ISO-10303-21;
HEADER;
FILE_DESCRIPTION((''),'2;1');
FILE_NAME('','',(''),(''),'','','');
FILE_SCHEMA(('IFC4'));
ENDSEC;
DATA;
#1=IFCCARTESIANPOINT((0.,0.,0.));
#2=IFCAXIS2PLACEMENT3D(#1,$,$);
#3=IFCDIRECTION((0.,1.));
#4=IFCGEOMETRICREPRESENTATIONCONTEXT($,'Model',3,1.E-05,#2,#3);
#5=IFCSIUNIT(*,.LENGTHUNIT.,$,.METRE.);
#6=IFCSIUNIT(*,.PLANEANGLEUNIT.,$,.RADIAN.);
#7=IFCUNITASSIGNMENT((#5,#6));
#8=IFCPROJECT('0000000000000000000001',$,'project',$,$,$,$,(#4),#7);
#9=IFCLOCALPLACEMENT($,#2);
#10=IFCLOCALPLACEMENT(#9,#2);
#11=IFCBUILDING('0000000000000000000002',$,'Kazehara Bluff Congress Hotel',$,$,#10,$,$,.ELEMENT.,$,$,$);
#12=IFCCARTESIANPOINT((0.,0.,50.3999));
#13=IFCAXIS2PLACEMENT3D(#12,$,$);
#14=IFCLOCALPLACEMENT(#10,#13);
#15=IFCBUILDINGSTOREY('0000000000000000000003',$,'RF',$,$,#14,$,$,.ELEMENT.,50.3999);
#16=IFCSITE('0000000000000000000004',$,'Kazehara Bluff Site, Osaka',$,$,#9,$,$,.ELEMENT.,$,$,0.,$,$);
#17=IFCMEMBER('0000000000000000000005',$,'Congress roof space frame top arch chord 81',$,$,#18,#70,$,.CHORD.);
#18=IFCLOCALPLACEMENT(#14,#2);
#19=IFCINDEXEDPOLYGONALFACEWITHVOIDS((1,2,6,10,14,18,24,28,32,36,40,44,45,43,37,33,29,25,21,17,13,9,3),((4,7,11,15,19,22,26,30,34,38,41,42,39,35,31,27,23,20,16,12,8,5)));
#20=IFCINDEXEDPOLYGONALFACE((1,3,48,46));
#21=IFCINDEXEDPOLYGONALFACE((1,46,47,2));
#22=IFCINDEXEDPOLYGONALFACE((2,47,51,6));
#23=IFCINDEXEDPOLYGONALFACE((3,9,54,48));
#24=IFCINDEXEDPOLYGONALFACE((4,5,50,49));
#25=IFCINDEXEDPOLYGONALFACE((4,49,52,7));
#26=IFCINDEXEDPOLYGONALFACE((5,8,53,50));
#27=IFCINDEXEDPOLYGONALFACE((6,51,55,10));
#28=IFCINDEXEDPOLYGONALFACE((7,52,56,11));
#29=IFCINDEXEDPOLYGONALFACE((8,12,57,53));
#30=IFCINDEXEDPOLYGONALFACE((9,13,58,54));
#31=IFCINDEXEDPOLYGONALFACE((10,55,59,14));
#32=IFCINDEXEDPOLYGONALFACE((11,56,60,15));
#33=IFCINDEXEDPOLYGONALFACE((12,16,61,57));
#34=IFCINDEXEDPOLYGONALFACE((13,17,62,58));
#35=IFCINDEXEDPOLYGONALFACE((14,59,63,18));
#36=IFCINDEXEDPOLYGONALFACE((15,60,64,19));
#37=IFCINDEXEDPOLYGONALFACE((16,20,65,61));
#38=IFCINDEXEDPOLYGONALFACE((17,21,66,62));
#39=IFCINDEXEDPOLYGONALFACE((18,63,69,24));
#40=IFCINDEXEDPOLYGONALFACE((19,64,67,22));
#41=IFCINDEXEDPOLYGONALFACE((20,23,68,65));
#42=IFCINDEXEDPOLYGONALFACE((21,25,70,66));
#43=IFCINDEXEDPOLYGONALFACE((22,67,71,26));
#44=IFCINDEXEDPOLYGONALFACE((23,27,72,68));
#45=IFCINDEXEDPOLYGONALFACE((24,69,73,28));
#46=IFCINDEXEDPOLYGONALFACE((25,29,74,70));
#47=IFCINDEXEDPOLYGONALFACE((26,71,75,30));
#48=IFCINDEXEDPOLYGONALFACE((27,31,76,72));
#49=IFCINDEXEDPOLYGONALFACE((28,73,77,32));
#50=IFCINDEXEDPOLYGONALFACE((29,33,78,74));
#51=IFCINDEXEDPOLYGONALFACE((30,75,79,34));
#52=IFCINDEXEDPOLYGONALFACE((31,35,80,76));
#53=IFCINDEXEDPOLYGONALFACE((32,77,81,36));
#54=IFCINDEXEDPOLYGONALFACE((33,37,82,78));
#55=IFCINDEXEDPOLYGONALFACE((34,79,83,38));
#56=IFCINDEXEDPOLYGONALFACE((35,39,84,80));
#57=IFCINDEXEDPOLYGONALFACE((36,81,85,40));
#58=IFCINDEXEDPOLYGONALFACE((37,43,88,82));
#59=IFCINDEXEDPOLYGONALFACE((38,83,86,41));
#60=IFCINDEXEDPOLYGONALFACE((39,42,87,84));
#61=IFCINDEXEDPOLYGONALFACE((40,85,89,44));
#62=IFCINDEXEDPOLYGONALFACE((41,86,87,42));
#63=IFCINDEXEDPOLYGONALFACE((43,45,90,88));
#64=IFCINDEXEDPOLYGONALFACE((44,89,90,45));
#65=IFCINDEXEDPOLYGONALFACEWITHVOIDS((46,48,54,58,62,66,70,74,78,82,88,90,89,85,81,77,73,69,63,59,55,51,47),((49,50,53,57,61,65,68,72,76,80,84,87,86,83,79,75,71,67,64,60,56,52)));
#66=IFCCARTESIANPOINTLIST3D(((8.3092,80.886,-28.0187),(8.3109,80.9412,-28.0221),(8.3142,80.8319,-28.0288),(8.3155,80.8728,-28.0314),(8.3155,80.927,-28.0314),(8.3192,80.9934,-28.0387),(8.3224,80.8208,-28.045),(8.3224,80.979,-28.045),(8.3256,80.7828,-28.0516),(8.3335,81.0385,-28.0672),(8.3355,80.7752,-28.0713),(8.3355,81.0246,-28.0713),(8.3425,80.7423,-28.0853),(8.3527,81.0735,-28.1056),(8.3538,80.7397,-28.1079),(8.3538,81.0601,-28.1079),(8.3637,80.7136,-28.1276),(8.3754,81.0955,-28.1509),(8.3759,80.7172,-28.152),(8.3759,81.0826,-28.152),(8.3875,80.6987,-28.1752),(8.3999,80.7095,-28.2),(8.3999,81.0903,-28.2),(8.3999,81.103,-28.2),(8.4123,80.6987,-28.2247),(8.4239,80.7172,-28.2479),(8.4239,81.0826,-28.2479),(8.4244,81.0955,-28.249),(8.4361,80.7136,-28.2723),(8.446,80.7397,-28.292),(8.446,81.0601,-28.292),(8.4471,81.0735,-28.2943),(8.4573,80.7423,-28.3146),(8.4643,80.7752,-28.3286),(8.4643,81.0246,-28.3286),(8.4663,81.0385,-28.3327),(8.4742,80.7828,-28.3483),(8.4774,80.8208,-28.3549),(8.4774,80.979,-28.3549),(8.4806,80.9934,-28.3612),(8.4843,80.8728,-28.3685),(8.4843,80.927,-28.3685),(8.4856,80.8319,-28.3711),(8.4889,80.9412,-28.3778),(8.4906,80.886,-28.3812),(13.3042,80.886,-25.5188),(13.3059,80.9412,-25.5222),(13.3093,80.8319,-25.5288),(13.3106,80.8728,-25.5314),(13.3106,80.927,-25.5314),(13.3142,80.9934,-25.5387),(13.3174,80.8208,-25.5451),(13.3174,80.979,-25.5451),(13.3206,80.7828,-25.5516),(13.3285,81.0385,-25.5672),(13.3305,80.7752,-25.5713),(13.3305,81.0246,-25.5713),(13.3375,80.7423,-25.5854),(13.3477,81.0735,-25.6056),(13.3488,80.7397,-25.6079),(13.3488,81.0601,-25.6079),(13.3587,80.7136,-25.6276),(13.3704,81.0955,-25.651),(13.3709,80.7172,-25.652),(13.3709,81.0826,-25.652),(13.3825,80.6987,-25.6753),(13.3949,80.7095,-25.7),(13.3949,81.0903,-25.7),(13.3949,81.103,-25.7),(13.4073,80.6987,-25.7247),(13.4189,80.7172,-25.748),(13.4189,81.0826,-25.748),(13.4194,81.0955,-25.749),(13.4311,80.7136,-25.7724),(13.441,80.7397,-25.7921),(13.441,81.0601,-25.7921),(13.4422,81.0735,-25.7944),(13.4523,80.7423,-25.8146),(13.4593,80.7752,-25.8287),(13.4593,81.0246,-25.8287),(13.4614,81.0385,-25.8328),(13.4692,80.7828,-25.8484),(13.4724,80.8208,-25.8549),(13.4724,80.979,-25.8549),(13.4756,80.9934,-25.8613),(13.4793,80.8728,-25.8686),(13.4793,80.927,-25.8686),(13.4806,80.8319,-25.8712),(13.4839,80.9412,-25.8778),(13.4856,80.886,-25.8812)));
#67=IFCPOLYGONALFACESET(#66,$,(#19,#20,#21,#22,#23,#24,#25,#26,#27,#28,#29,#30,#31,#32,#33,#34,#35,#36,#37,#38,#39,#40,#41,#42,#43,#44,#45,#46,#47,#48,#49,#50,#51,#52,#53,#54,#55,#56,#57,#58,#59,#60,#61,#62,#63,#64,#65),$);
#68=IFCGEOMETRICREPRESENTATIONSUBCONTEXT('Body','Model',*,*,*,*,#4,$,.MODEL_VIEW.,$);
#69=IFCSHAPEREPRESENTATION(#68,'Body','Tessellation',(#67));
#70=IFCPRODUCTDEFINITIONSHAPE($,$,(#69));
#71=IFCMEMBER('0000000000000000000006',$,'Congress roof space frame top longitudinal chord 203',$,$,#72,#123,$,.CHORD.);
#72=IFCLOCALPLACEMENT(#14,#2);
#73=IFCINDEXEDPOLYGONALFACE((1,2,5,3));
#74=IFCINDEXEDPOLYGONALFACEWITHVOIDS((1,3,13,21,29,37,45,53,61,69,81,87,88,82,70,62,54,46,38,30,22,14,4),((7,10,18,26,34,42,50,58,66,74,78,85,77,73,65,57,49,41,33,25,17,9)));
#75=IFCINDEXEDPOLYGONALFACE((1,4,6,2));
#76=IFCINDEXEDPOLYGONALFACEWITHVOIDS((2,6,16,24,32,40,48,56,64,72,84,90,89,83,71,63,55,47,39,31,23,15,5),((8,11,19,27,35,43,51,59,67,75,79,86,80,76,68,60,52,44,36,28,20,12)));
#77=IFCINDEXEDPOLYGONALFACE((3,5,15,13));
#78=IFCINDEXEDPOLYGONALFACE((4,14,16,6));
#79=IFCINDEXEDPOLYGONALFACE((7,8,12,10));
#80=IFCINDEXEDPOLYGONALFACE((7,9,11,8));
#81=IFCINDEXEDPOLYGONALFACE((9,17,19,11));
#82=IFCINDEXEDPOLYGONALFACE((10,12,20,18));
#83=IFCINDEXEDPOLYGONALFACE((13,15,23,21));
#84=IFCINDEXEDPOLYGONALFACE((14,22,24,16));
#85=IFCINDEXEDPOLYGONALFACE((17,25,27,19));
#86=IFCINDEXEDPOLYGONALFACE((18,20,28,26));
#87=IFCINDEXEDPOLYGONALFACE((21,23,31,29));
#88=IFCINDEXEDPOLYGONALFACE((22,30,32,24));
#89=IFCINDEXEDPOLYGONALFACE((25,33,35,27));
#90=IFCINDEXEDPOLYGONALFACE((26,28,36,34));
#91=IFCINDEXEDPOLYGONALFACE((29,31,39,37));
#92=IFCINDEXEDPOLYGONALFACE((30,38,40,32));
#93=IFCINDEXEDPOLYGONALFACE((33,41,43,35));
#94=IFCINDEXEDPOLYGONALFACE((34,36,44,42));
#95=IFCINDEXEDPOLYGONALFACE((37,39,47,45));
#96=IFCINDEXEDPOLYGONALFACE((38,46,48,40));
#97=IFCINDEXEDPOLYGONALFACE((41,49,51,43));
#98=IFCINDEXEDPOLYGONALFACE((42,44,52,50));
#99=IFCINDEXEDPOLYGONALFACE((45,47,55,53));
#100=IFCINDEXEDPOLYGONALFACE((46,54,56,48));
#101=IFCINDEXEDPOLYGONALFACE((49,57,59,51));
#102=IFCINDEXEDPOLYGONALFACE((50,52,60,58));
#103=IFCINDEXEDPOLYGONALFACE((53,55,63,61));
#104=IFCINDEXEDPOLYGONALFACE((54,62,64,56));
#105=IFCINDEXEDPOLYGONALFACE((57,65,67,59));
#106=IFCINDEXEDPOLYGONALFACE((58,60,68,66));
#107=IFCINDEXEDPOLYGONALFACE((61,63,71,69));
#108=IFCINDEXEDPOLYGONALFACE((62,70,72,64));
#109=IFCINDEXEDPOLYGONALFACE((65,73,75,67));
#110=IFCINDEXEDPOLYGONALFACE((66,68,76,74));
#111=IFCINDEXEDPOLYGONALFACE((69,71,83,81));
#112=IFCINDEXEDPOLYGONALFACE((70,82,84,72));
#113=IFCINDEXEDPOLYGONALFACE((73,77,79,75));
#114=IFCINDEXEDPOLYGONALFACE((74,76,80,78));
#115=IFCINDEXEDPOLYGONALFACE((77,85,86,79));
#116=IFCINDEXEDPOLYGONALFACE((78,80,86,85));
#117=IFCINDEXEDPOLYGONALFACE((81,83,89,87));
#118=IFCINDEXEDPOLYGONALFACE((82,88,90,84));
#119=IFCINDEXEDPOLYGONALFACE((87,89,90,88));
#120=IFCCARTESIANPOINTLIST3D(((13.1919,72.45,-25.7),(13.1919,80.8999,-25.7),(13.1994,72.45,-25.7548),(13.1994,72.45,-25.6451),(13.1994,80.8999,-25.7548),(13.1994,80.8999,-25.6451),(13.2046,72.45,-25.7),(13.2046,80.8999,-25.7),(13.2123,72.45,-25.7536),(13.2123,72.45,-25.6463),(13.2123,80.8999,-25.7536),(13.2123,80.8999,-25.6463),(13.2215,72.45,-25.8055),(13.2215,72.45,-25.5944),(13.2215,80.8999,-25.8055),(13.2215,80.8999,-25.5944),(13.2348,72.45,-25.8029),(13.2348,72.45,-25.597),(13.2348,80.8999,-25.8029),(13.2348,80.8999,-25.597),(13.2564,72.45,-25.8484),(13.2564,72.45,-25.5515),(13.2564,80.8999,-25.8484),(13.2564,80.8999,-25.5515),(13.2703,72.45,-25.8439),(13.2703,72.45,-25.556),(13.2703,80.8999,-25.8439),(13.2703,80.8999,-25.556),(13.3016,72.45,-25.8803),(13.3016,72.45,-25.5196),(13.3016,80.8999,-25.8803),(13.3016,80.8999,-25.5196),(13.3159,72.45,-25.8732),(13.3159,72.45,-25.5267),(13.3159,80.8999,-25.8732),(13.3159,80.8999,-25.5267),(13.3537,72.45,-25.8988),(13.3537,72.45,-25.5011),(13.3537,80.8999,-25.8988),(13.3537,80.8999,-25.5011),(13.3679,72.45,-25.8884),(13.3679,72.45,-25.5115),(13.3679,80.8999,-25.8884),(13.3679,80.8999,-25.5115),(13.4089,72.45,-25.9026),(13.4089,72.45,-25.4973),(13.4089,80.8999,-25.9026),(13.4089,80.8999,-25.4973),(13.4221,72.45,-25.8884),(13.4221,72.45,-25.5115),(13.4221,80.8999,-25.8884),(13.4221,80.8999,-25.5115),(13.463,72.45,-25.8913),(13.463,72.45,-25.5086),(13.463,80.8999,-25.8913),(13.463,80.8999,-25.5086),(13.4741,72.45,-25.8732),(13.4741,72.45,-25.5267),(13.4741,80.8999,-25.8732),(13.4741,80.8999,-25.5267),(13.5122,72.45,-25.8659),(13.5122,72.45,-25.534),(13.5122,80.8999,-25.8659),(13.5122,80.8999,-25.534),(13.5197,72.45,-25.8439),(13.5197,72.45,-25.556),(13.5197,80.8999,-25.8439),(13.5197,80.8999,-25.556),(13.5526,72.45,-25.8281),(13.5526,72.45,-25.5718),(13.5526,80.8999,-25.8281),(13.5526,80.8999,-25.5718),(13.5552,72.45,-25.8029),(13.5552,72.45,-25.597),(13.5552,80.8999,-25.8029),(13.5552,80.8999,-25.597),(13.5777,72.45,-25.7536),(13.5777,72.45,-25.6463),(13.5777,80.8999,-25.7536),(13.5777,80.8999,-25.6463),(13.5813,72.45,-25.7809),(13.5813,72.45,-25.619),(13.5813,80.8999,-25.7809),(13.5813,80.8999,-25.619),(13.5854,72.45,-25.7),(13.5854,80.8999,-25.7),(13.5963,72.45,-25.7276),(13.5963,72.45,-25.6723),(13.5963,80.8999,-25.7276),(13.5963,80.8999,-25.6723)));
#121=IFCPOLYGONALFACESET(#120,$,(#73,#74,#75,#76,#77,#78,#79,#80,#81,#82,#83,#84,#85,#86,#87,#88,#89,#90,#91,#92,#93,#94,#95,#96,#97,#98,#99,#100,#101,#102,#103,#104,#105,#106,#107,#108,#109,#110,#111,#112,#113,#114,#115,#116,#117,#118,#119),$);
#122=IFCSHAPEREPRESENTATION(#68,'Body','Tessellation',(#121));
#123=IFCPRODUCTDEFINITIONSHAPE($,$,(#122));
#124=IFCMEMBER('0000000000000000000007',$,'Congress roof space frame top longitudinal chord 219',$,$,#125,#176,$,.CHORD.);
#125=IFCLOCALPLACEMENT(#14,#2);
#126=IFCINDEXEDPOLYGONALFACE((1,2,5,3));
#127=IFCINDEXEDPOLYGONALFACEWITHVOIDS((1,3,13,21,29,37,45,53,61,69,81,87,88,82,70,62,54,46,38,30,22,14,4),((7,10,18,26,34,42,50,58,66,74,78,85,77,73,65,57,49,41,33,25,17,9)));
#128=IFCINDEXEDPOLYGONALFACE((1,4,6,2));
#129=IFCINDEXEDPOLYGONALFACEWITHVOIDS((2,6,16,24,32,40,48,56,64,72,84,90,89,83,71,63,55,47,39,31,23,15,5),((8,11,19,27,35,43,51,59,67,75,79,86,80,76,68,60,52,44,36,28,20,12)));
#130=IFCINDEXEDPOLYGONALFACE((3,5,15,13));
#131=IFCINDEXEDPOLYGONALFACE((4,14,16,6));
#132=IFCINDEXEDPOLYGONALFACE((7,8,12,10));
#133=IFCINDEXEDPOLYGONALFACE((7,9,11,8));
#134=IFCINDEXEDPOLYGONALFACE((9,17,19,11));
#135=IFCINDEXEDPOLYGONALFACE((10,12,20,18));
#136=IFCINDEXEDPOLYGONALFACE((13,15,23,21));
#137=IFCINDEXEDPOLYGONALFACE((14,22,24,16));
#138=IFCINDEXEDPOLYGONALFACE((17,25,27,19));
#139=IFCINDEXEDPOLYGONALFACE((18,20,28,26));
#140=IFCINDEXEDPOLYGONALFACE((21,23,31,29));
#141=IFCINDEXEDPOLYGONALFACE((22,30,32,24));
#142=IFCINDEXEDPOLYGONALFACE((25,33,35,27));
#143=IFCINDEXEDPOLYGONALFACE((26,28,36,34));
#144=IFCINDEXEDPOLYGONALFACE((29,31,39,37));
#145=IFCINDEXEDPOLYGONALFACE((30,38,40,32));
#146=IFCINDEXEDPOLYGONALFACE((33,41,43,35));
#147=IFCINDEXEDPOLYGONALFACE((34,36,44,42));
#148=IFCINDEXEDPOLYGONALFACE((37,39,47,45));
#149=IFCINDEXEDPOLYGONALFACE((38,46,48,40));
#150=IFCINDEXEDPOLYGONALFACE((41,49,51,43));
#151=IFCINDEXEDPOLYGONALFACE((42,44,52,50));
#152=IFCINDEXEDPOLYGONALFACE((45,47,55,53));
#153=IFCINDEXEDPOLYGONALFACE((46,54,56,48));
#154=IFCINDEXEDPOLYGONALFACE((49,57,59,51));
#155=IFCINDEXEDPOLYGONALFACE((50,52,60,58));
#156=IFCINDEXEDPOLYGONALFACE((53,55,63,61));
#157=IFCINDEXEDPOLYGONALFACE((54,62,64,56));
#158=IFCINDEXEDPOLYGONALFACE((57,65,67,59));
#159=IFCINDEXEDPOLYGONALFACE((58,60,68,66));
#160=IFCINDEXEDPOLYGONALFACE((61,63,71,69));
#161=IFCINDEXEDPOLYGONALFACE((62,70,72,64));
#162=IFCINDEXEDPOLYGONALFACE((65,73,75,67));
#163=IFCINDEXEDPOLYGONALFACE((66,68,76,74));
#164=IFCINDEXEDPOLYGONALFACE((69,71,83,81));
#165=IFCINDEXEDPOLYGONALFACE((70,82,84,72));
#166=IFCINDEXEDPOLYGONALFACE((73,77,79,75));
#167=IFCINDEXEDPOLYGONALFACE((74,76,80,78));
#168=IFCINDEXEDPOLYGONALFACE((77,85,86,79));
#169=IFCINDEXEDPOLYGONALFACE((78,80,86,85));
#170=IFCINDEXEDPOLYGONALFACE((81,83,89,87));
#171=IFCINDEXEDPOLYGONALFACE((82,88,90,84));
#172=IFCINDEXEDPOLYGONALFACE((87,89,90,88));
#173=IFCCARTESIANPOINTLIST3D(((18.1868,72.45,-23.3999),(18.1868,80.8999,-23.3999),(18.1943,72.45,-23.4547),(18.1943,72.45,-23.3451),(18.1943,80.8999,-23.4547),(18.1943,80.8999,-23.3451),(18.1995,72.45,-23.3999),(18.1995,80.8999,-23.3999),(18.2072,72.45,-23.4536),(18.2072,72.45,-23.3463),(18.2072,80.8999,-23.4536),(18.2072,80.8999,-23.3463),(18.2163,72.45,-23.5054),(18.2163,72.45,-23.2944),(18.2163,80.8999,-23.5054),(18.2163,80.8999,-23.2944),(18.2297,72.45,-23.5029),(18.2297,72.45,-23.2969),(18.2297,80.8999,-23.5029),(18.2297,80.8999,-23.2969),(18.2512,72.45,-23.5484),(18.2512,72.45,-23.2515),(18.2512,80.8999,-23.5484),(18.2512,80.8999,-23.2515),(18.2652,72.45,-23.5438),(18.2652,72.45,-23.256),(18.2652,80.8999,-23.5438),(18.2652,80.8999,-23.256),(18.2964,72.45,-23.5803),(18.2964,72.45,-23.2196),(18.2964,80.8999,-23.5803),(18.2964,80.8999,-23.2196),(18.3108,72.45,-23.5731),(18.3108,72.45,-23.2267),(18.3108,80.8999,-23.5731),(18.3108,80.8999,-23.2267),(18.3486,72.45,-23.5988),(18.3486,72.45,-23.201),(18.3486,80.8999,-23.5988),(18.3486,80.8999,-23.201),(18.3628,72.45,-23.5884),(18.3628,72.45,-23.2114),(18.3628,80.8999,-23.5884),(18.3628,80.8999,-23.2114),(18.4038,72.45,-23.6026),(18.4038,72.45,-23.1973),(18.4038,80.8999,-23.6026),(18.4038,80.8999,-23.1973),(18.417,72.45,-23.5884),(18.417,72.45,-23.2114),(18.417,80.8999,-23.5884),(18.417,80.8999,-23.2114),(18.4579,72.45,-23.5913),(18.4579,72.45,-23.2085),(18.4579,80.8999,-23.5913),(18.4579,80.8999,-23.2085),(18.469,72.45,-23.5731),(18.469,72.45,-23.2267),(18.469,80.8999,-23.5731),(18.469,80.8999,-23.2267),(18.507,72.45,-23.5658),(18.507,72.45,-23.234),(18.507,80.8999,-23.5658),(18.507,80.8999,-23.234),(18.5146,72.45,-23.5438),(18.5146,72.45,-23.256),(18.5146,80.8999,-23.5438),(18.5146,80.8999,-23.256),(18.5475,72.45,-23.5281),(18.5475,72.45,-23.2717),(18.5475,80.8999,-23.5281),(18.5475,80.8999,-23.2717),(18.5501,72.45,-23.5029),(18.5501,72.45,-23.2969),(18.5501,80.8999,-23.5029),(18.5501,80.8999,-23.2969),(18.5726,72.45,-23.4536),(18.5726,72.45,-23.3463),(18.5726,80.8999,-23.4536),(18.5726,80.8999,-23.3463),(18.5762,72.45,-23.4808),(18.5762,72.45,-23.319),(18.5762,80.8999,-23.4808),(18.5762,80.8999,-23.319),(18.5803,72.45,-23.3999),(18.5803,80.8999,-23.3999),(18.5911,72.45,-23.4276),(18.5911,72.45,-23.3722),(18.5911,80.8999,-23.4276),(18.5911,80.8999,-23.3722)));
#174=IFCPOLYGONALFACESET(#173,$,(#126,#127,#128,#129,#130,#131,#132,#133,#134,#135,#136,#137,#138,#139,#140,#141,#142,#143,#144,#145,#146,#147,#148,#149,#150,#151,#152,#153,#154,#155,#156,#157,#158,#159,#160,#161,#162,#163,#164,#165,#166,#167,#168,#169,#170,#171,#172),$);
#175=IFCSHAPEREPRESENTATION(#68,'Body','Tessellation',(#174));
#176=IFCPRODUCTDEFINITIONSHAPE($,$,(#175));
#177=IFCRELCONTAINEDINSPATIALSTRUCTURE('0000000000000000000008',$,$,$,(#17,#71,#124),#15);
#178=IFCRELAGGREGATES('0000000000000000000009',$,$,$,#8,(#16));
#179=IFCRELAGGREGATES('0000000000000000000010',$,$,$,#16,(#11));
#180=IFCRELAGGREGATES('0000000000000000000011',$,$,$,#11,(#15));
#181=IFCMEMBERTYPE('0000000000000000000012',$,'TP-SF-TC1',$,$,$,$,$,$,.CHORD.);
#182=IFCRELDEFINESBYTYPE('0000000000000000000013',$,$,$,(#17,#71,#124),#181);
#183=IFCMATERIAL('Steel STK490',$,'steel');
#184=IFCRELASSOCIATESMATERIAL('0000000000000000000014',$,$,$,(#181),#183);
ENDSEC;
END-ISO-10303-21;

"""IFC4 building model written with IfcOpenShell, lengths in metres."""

from ifc_helpers import new_model, si_unit, direction, frame, origin, origin_2d, place, context, subcontext, project, spatial, hollow_circle, extrude, material, material_profile, profile_set, type_object, element, save


model = new_model("IFC4")

# Units and contexts
model_context = context("Model", 3, precision=1e-05, world=origin(), true_north=direction((0.0, 1.0)))
body_context = subcontext(model_context, "Body", "Model", "MODEL_VIEW")
ifc_project = project(units=[si_unit("LENGTHUNIT", "METRE"), si_unit("PLANEANGLEUNIT", "RADIAN")], contexts=[model_context])

# Site, building, storey
site_placement = place(None, origin())
site = spatial("IfcSite", under=ifc_project, at=site_placement, Name="Kazehara Bluff Site, Osaka", CompositionType="ELEMENT", RefElevation=0.0)
building_placement = place(site_placement, origin())
building = spatial("IfcBuilding", under=site, at=building_placement, Name="Kazehara Bluff Congress Hotel", CompositionType="ELEMENT")
storey_placement = place(building_placement, frame((0.0, 0.0, 50.3999)))
storey = spatial("IfcBuildingStorey", under=building, at=storey_placement, Name="RF", CompositionType="ELEMENT", Elevation=50.3999)

# Members
ifc_material_1 = material(Name="Steel STK490", Category="steel")
ifc_material_profile_1 = material_profile(ifc_material_1, hollow_circle(Radius=0.2031, WallThickness=0.0127, at=origin_2d()))
ifc_profile_set_1 = profile_set([ifc_material_profile_1], Name="Steel STK490")
member_type_1 = type_object("IfcMemberType", Name="TP-SF-TC1", PredefinedType="CHORD", material=ifc_profile_set_1)
member_1_placement = place(storey_placement, frame((8.3999, 80.8999, -28.2), z_axis=(0.894252, 0.0, 0.447563), x_axis=(0.0, 1.0, 0.0)))
element("IfcMember", 1, at=member_1_placement, inside=storey, type_object=member_type_1, Name="Congress roof space frame top arch chord 81", PredefinedType="CHORD", context=body_context, shape_type="SweptSolid", body=[
    extrude(hollow_circle(Radius=0.2031, WallThickness=0.0127, at=origin_2d()), origin(), (0.0, 0.0, 1.0), 5.5857),
])
for number, where, z_axis, x_axis, name in (
    (2, (13.395, 72.45, -25.7), (0.0, 1.0, 0.0), (-1.0, 0.0, 0.0), "Congress roof space frame top longitudinal chord 203"),
    (3, (18.3899, 72.45, -23.3999), (0.0, 1.0, 0.0), (-1.0, 0.0, 0.0), "Congress roof space frame top longitudinal chord 219"),
):
    element("IfcMember", number, at=place(storey_placement, frame(where, z_axis=z_axis, x_axis=x_axis)), inside=storey, type_object=member_type_1, Name=name, PredefinedType="CHORD", context=body_context, shape_type="SweptSolid", body=[
        extrude(hollow_circle(Radius=0.2031, WallThickness=0.0127, at=origin_2d()), origin(), (0.0, 0.0, 1.0), 8.45),
    ])

save(model, "model.ifc")
